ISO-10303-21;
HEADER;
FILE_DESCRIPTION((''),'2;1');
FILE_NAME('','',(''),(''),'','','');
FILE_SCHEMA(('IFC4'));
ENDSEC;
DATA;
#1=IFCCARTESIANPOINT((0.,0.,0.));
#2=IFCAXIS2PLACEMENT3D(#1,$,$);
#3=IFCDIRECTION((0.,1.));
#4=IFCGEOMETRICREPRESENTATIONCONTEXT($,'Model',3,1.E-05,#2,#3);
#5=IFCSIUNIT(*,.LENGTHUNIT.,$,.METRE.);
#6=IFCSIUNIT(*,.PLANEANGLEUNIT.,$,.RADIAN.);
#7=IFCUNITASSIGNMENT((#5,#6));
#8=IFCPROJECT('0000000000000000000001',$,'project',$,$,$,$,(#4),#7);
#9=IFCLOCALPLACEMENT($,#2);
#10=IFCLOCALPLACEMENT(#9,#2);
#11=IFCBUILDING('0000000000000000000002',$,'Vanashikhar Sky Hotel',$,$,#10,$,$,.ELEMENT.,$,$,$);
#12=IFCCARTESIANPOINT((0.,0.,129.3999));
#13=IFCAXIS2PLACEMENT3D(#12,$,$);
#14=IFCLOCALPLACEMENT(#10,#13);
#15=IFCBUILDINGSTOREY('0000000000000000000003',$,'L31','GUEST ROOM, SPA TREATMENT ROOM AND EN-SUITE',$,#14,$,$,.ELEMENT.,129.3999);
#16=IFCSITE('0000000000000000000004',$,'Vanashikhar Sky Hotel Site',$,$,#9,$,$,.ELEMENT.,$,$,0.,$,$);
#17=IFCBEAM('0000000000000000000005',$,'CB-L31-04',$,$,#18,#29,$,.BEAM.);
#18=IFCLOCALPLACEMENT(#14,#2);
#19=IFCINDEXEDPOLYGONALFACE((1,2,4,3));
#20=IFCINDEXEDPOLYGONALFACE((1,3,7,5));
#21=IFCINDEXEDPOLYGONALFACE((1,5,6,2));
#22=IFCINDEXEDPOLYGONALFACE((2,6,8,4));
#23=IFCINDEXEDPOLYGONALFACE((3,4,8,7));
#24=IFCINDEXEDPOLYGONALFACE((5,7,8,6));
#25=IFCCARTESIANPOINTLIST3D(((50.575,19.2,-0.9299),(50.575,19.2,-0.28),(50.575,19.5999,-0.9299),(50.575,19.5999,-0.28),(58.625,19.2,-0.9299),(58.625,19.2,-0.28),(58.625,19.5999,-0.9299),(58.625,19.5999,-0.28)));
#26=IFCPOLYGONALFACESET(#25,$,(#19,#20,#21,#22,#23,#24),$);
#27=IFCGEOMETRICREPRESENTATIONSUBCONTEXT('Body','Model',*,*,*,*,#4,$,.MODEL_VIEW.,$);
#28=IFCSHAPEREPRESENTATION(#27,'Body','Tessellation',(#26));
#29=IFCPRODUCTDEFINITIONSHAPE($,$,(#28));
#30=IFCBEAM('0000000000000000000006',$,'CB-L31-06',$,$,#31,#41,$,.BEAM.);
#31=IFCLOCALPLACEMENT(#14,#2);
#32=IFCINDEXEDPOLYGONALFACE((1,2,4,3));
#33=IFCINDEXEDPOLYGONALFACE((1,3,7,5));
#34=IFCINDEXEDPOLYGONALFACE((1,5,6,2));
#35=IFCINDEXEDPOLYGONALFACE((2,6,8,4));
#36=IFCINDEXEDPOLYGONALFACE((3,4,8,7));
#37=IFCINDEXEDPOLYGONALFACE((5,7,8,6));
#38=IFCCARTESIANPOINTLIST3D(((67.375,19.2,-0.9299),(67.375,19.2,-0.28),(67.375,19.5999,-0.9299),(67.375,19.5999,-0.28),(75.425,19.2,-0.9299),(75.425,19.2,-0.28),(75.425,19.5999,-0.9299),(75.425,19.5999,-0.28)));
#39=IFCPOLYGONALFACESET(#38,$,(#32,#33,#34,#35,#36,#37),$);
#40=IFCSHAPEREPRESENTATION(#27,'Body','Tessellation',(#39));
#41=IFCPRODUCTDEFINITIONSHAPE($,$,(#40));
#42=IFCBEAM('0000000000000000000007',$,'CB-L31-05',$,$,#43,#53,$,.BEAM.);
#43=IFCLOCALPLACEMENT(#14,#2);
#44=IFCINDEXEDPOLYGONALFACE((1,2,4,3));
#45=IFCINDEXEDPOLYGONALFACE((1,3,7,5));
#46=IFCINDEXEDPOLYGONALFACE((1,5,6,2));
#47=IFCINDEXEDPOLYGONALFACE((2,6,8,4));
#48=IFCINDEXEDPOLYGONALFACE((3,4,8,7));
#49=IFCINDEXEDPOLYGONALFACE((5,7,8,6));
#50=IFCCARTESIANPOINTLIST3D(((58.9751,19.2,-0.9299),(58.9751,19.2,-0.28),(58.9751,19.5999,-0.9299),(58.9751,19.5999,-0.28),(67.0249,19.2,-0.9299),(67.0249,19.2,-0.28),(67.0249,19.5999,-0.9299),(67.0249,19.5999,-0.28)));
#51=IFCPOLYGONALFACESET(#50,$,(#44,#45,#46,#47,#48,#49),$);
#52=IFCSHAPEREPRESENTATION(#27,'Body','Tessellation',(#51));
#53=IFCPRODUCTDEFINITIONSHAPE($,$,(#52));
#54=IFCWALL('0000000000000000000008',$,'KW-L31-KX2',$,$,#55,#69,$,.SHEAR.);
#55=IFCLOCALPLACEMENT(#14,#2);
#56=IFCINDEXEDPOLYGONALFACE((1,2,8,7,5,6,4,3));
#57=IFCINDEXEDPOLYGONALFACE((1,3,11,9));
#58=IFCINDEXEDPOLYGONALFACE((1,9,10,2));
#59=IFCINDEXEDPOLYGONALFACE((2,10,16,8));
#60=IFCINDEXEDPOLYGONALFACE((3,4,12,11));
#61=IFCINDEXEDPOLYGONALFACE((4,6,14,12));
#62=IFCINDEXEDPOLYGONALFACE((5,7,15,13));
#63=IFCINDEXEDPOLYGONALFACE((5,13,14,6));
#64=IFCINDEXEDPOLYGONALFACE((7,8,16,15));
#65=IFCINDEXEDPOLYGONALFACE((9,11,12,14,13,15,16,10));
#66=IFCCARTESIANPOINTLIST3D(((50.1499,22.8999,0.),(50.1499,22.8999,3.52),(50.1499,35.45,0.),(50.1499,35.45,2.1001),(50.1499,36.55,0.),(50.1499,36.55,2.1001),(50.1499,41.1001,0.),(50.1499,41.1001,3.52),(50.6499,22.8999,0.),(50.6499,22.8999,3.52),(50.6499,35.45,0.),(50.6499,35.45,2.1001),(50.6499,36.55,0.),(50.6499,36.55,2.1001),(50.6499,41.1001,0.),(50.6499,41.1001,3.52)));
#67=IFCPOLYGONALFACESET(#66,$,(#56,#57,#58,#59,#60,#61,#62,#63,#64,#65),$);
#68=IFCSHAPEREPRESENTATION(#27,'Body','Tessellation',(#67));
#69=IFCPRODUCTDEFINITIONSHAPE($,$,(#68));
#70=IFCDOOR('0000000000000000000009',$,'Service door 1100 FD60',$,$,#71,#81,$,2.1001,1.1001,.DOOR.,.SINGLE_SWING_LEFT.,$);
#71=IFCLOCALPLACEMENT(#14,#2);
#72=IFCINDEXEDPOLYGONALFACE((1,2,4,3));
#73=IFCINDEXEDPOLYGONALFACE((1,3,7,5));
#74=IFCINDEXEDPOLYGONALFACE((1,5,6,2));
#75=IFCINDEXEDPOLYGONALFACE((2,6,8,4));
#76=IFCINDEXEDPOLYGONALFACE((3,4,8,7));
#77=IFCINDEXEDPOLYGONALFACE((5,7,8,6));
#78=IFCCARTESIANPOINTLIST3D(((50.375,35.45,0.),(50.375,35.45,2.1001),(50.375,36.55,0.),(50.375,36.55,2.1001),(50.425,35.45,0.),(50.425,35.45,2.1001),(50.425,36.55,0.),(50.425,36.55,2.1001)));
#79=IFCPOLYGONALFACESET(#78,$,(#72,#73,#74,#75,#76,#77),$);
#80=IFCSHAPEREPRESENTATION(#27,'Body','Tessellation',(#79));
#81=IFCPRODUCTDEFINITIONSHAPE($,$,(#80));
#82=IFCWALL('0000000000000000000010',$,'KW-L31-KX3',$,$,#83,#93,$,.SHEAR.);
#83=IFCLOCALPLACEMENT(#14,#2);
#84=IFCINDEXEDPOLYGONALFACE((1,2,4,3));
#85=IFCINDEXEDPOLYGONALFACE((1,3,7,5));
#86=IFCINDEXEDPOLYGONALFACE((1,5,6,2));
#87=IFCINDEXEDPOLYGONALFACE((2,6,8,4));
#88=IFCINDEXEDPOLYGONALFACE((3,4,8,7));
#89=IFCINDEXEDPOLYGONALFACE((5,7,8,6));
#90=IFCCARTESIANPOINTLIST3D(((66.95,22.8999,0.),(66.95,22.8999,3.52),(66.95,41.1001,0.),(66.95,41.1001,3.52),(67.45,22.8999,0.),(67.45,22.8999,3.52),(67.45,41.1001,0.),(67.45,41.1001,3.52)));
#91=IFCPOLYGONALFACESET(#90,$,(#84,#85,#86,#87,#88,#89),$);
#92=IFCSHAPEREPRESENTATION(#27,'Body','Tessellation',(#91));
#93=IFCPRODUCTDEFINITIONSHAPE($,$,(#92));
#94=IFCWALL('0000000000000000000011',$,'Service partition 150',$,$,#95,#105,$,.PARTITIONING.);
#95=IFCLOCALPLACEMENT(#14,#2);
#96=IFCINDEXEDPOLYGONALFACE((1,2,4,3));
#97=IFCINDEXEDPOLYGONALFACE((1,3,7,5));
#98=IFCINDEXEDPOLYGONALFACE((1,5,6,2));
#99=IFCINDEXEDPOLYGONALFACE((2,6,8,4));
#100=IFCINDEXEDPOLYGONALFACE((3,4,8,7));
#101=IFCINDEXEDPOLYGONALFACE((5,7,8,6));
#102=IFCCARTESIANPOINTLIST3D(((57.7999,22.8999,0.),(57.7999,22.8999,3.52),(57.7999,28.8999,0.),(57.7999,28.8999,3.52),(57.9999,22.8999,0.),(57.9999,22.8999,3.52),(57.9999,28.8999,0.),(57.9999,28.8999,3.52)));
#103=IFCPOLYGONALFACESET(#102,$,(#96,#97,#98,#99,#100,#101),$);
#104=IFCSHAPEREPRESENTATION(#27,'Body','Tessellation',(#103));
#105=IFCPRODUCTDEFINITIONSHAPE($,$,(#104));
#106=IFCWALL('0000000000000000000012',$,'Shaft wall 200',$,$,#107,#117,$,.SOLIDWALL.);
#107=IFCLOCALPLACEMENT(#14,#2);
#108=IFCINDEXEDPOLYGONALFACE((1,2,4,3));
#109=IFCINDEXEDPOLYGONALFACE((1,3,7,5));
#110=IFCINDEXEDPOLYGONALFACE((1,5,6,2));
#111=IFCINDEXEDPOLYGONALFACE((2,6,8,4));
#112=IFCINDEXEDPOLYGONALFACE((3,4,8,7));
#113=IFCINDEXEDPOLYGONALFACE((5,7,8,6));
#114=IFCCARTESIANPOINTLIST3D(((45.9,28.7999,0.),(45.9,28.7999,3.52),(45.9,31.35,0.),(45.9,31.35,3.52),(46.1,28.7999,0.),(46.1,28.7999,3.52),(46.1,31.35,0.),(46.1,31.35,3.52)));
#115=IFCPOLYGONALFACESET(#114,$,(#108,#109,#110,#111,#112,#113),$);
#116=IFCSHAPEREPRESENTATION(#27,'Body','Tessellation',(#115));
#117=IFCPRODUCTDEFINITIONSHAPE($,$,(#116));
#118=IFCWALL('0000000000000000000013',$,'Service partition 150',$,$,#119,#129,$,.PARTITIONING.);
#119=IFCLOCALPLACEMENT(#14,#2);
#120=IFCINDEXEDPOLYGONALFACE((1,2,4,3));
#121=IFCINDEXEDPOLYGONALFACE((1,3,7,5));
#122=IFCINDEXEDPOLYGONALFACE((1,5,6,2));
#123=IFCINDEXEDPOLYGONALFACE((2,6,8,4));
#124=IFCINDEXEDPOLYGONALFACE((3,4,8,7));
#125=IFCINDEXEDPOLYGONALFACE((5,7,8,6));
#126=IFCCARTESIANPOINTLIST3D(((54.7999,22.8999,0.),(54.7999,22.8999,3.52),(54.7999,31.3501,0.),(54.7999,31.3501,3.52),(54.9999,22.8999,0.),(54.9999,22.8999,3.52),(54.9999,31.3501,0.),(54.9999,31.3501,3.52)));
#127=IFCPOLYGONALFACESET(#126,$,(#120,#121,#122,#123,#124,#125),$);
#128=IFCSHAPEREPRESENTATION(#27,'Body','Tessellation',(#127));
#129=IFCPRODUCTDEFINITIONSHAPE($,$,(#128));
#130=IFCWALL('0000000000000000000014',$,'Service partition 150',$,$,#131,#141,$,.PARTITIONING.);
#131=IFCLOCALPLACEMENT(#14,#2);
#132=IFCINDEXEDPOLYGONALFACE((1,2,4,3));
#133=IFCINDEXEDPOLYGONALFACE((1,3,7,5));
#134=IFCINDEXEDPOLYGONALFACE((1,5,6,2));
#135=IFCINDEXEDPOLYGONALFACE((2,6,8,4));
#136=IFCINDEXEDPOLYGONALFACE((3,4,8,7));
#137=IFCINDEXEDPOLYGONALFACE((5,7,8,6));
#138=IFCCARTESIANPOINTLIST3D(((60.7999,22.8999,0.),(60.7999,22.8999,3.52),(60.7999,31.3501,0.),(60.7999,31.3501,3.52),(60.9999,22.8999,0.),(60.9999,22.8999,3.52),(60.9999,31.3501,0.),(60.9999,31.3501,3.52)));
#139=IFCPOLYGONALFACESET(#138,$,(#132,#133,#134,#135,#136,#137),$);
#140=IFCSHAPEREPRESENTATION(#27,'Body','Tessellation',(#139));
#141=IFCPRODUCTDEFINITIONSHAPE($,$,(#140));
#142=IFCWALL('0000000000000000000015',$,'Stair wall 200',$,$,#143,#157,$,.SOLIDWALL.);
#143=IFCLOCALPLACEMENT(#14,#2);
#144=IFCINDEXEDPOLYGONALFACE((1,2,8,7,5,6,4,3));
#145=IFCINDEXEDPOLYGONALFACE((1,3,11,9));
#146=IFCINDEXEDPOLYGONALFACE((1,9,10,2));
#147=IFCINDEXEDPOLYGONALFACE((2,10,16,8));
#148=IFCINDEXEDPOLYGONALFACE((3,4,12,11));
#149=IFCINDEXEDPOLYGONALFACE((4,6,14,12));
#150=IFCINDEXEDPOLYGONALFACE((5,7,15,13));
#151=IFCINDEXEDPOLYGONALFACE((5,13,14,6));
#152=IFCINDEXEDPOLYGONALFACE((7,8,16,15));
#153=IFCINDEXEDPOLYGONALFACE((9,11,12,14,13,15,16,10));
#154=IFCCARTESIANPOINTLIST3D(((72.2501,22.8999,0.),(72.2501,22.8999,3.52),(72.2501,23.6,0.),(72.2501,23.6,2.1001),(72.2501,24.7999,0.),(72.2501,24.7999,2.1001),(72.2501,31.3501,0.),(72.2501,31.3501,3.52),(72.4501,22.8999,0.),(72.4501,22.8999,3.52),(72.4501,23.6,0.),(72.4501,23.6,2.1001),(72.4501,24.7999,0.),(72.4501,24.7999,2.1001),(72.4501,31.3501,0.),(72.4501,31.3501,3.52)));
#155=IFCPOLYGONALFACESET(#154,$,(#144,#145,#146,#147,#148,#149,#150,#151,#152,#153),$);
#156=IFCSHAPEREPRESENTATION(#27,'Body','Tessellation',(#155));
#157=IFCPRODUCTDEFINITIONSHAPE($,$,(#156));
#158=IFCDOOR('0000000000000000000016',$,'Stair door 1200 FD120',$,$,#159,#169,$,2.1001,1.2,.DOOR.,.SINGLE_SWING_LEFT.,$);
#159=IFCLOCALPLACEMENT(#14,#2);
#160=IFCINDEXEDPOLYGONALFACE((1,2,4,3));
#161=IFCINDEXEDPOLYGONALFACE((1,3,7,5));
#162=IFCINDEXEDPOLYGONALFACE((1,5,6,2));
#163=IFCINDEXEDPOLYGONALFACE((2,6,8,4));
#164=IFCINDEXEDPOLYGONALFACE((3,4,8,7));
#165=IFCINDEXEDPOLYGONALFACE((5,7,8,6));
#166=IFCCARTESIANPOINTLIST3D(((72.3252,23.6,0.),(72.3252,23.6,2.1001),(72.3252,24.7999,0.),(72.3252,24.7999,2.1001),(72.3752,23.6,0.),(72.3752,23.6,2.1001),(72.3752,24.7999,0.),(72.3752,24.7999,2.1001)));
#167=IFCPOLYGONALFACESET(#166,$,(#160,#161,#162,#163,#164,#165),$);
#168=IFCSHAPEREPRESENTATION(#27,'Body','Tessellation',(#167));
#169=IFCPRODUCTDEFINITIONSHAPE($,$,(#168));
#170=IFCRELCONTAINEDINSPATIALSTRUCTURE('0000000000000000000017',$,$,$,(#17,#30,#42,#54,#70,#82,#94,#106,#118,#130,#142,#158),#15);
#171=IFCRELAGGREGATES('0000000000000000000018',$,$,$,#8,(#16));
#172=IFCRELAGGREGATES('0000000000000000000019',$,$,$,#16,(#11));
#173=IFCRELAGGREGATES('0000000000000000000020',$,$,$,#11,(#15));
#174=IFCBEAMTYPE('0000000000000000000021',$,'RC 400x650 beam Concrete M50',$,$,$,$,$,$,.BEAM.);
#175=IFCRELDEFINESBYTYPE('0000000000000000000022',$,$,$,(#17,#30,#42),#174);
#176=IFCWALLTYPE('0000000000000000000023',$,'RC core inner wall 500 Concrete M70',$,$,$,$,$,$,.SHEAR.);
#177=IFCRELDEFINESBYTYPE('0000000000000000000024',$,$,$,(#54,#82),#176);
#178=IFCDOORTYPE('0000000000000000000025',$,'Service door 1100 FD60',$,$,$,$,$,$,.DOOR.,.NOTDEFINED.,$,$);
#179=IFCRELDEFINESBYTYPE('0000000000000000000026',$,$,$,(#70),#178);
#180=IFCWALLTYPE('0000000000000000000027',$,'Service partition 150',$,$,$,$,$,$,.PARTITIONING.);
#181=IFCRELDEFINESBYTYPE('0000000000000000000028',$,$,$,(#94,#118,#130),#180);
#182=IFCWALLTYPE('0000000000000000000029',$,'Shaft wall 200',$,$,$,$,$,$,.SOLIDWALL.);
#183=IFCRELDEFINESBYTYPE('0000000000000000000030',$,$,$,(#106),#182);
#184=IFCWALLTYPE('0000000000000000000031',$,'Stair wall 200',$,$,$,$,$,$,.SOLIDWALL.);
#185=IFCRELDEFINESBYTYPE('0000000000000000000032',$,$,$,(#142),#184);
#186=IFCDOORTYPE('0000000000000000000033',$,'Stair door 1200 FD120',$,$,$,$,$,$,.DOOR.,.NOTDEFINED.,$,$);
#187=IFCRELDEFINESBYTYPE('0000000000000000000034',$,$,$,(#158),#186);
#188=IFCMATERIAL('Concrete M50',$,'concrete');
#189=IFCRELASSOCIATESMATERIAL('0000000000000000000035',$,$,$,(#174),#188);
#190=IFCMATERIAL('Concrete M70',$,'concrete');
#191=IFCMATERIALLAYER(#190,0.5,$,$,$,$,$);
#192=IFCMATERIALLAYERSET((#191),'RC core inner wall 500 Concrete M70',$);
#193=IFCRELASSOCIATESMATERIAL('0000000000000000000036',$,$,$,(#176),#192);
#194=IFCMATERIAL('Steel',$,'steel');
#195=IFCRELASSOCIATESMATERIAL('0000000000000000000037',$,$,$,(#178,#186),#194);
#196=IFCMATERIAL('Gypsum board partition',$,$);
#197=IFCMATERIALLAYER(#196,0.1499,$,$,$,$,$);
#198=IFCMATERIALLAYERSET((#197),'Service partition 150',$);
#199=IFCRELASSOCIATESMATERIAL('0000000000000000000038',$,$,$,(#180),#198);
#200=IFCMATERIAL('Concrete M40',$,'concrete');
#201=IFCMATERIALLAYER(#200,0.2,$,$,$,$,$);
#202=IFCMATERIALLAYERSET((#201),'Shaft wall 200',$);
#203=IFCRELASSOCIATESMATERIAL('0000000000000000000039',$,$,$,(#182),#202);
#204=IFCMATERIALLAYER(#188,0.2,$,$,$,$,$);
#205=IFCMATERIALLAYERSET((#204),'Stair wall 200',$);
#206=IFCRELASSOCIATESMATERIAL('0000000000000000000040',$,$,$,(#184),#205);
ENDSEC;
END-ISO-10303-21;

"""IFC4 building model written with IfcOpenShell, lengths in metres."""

from ifc_helpers import new_model, si_unit, direction, frame, frame_2d, origin, origin_2d, place, context, subcontext, project, spatial, rectangle, extrude, source, transform, mapped, material, layer, layer_set, material_profile, profile_set, type_object, element, fill, save


model = new_model("IFC4")

# Units and contexts
model_context = context("Model", 3, precision=1e-05, world=origin(), true_north=direction((0.0, 1.0)))
body_context = subcontext(model_context, "Body", "Model", "MODEL_VIEW")
ifc_project = project(units=[si_unit("LENGTHUNIT", "METRE"), si_unit("PLANEANGLEUNIT", "RADIAN")], contexts=[model_context])

# Site, building, storey
site_placement = place(None, origin())
site = spatial("IfcSite", under=ifc_project, at=site_placement, Name="Vanashikhar Sky Hotel Site", CompositionType="ELEMENT", RefElevation=0.0)
building_placement = place(site_placement, origin())
building = spatial("IfcBuilding", under=site, at=building_placement, Name="Vanashikhar Sky Hotel", CompositionType="ELEMENT")
storey_placement = place(building_placement, frame((0.0, 0.0, 129.3999)))
storey = spatial("IfcBuildingStorey", under=building, at=storey_placement, Name="L31", Description="GUEST ROOM, SPA TREATMENT ROOM AND EN-SUITE", CompositionType="ELEMENT", Elevation=129.3999)

# Beams
ifc_material_1 = material(Name="Concrete M50", Category="concrete")
ifc_material_profile = material_profile(ifc_material_1, rectangle(XDim=0.3999, YDim=0.6499, at=origin_2d()))
ifc_profile_set = profile_set([ifc_material_profile], Name="RC 400x650 beam Concrete M50")
beam_type = type_object("IfcBeamType", Name="RC 400x650 beam Concrete M50", PredefinedType="BEAM", material=ifc_profile_set)
shared_shape_1 = source(origin(), body_context, "Body", "SweptSolid", [
    extrude(rectangle(XDim=0.3999, YDim=0.6499, at=origin_2d()), origin(), (0.0, 0.0, 1.0), 8.05),
])
for number, where, z_axis, x_axis, name in (
    (1, (50.575, 19.3999, -0.605), (1.0, 0.0, 0.0), (0.0, 1.0, 0.0), "CB-L31-04"),
    (2, (67.375, 19.3999, -0.605), (1.0, 0.0, 0.0), (0.0, 1.0, 0.0), "CB-L31-06"),
):
    element("IfcBeam", number, at=place(storey_placement, frame(where, z_axis=z_axis, x_axis=x_axis)), inside=storey, type_object=beam_type, Name=name, PredefinedType="BEAM", context=body_context, shape_type="MappedRepresentation", body=[
        mapped(shared_shape_1, transform((0.0, 0.0, 0.0), scale=1.0)),
    ])
shared_shape_2 = source(origin(), body_context, "Body", "SweptSolid", [
    extrude(rectangle(XDim=0.3999, YDim=0.6499, at=origin_2d()), origin(), (0.0, 0.0, 1.0), 8.0498),
])
beam_placement = place(storey_placement, frame((58.9751, 19.3999, -0.605), z_axis=(1.0, 0.0, 0.0), x_axis=(0.0, 1.0, 0.0)))
element("IfcBeam", 3, at=beam_placement, inside=storey, type_object=beam_type, Name="CB-L31-05", PredefinedType="BEAM", context=body_context, shape_type="MappedRepresentation", body=[
    mapped(shared_shape_2, transform((0.0, 0.0, 0.0), scale=1.0)),
])

# Wall, opening, door
ifc_material_2 = material(Name="Concrete M70", Category="concrete")
ifc_layer_1 = layer(ifc_material_2, 0.5)
ifc_layer_set_1 = layer_set([ifc_layer_1], Name="RC core inner wall 500 Concrete M70")
wall_type_1 = type_object("IfcWallType", Name="RC core inner wall 500 Concrete M70", PredefinedType="SHEAR", material=ifc_layer_set_1)
shared_shape_3 = source(origin(), body_context, "Body", "SweptSolid", [
    extrude(rectangle(XDim=18.2002, YDim=0.5, at=frame_2d((9.1001, 0.0))), origin(), (0.0, 0.0, 1.0), 3.52),
])
wall_1_placement = place(storey_placement, frame((50.3999, 22.8999, 0.0), z_axis=(0.0, 0.0, 1.0), x_axis=(0.0, 1.0, 0.0)))
wall_1 = element("IfcWall", 4, at=wall_1_placement, inside=storey, type_object=wall_type_1, Name="KW-L31-KX2", PredefinedType="SHEAR", context=body_context, shape_type="MappedRepresentation", body=[
    mapped(shared_shape_3, transform((0.0, 0.0, 0.0), scale=1.0)),
])
shared_shape_4 = source(origin(), body_context, "Body", "SweptSolid", [
    extrude(rectangle(XDim=1.1001, YDim=2.1001, at=frame_2d((0.55, 1.05))), frame((0.0, 0.26, 0.0), z_axis=(0.0, -1.0, 0.0), x_axis=(1.0, 0.0, 0.0)), (0.0, 0.0, 1.0), 0.52),
])
opening_1_placement = place(wall_1_placement, frame((12.55, 0.0, 0.0)))
opening_1 = element("IfcOpeningElement", 5, at=opening_1_placement, cuts=wall_1, PredefinedType="OPENING", context=body_context, shape_type="MappedRepresentation", body=[
    mapped(shared_shape_4, transform((0.0, 0.0, 0.0), scale=1.0)),
])
ifc_material_3 = material(Name="Steel", Category="steel")
door_type_1 = type_object("IfcDoorType", Name="Service door 1100 FD60", OperationType="NOTDEFINED", PredefinedType="DOOR", material=ifc_material_3)
shared_shape_5 = source(origin(), body_context, "Body", "SweptSolid", [
    extrude(rectangle(XDim=1.1001, YDim=2.1001, at=frame_2d((0.55, 1.05))), frame((0.0, 0.0249, 0.0), z_axis=(0.0, -1.0, 0.0), x_axis=(1.0, 0.0, 0.0)), (0.0, 0.0, 1.0), 0.05),
])
door_1_placement = place(opening_1_placement, origin())
door_1 = element("IfcDoor", 6, at=door_1_placement, inside=storey, type_object=door_type_1, Name="Service door 1100 FD60", OperationType="SINGLE_SWING_LEFT", OverallHeight=2.1001, OverallWidth=1.1001, PredefinedType="DOOR", context=body_context, shape_type="MappedRepresentation", body=[
    mapped(shared_shape_5, transform((0.0, 0.0, 0.0), scale=1.0)),
])
fill(opening_1, door_1)

# Walls
wall_2_placement = place(storey_placement, frame((67.2, 22.8999, 0.0), z_axis=(0.0, 0.0, 1.0), x_axis=(0.0, 1.0, 0.0)))
element("IfcWall", 7, at=wall_2_placement, inside=storey, type_object=wall_type_1, Name="KW-L31-KX3", PredefinedType="SHEAR", context=body_context, shape_type="MappedRepresentation", body=[
    mapped(shared_shape_3, transform((0.0, 0.0, 0.0), scale=1.0)),
])
ifc_material_4 = material(Name="Gypsum board partition")
ifc_layer_2 = layer(ifc_material_4, 0.1499)
ifc_layer_set_2 = layer_set([ifc_layer_2], Name="Service partition 150")
wall_type_2 = type_object("IfcWallType", Name="Service partition 150", PredefinedType="PARTITIONING", material=ifc_layer_set_2)
shared_shape_6 = source(origin(), body_context, "Body", "SweptSolid", [
    extrude(rectangle(XDim=6.0, YDim=0.2, at=frame_2d((3.0, 0.0))), origin(), (0.0, 0.0, 1.0), 3.52),
])
wall_3_placement = place(storey_placement, frame((57.8999, 22.8999, 0.0), z_axis=(0.0, 0.0, 1.0), x_axis=(0.0, 1.0, 0.0)))
element("IfcWall", 8, at=wall_3_placement, inside=storey, type_object=wall_type_2, Name="Service partition 150", PredefinedType="PARTITIONING", context=body_context, shape_type="MappedRepresentation", body=[
    mapped(shared_shape_6, transform((0.0, 0.0, 0.0), scale=1.0)),
])
ifc_material_5 = material(Name="Concrete M40", Category="concrete")
ifc_layer_3 = layer(ifc_material_5, 0.2)
ifc_layer_set_3 = layer_set([ifc_layer_3], Name="Shaft wall 200")
wall_type_3 = type_object("IfcWallType", Name="Shaft wall 200", PredefinedType="SOLIDWALL", material=ifc_layer_set_3)
shared_shape_7 = source(origin(), body_context, "Body", "SweptSolid", [
    extrude(rectangle(XDim=2.55, YDim=0.2, at=frame_2d((1.2749, 0.0))), origin(), (0.0, 0.0, 1.0), 3.52),
])
wall_4_placement = place(storey_placement, frame((46.0, 28.8, 0.0), z_axis=(0.0, 0.0, 1.0), x_axis=(0.0, 1.0, 0.0)))
element("IfcWall", 9, at=wall_4_placement, inside=storey, type_object=wall_type_3, Name="Shaft wall 200", PredefinedType="SOLIDWALL", context=body_context, shape_type="MappedRepresentation", body=[
    mapped(shared_shape_7, transform((0.0, 0.0, 0.0), scale=1.0)),
])
shared_shape_8 = source(origin(), body_context, "Body", "SweptSolid", [
    extrude(rectangle(XDim=8.4502, YDim=0.2, at=frame_2d((4.2251, 0.0))), origin(), (0.0, 0.0, 1.0), 3.52),
])
for number, where, z_axis, x_axis, name in (
    (10, (54.8999, 22.8999, 0.0), (0.0, 0.0, 1.0), (0.0, 1.0, 0.0), "Service partition 150"),
    (11, (60.8999, 22.8999, 0.0), (0.0, 0.0, 1.0), (0.0, 1.0, 0.0), "Service partition 150"),
):
    element("IfcWall", number, at=place(storey_placement, frame(where, z_axis=z_axis, x_axis=x_axis)), inside=storey, type_object=wall_type_2, Name=name, PredefinedType="PARTITIONING", context=body_context, shape_type="MappedRepresentation", body=[
        mapped(shared_shape_8, transform((0.0, 0.0, 0.0), scale=1.0)),
    ])

# Wall, opening, door
ifc_layer_4 = layer(ifc_material_1, 0.2)
ifc_layer_set_4 = layer_set([ifc_layer_4], Name="Stair wall 200")
wall_type_4 = type_object("IfcWallType", Name="Stair wall 200", PredefinedType="SOLIDWALL", material=ifc_layer_set_4)
shared_shape_9 = source(origin(), body_context, "Body", "SweptSolid", [
    extrude(rectangle(XDim=8.4502, YDim=0.2, at=frame_2d((4.2251, 0.0))), origin(), (0.0, 0.0, 1.0), 3.52),
])
wall_5_placement = place(storey_placement, frame((72.3501, 22.8999, 0.0), z_axis=(0.0, 0.0, 1.0), x_axis=(0.0, 1.0, 0.0)))
wall_5 = element("IfcWall", 12, at=wall_5_placement, inside=storey, type_object=wall_type_4, Name="Stair wall 200", PredefinedType="SOLIDWALL", context=body_context, shape_type="MappedRepresentation", body=[
    mapped(shared_shape_9, transform((0.0, 0.0, 0.0), scale=1.0)),
])
shared_shape_10 = source(origin(), body_context, "Body", "SweptSolid", [
    extrude(rectangle(XDim=1.2, YDim=2.1001, at=frame_2d((0.6001, 1.05))), frame((0.0, 0.1099, 0.0), z_axis=(0.0, -1.0, 0.0), x_axis=(1.0, 0.0, 0.0)), (0.0, 0.0, 1.0), 0.22),
])
opening_2_placement = place(wall_5_placement, frame((0.7, 0.0, 0.0)))
opening_2 = element("IfcOpeningElement", 13, at=opening_2_placement, cuts=wall_5, PredefinedType="OPENING", context=body_context, shape_type="MappedRepresentation", body=[
    mapped(shared_shape_10, transform((0.0, 0.0, 0.0), scale=1.0)),
])
door_type_2 = type_object("IfcDoorType", Name="Stair door 1200 FD120", OperationType="NOTDEFINED", PredefinedType="DOOR", material=ifc_material_3)
shared_shape_11 = source(origin(), body_context, "Body", "SweptSolid", [
    extrude(rectangle(XDim=1.2, YDim=2.1001, at=frame_2d((0.6001, 1.05))), frame((0.0, 0.0249, 0.0), z_axis=(0.0, -1.0, 0.0), x_axis=(1.0, 0.0, 0.0)), (0.0, 0.0, 1.0), 0.05),
])
door_2_placement = place(opening_2_placement, origin())
door_2 = element("IfcDoor", 14, at=door_2_placement, inside=storey, type_object=door_type_2, Name="Stair door 1200 FD120", OperationType="SINGLE_SWING_LEFT", OverallHeight=2.1001, OverallWidth=1.2, PredefinedType="DOOR", context=body_context, shape_type="MappedRepresentation", body=[
    mapped(shared_shape_11, transform((0.0, 0.0, 0.0), scale=1.0)),
])
fill(opening_2, door_2)

save(model, "model.ifc")
